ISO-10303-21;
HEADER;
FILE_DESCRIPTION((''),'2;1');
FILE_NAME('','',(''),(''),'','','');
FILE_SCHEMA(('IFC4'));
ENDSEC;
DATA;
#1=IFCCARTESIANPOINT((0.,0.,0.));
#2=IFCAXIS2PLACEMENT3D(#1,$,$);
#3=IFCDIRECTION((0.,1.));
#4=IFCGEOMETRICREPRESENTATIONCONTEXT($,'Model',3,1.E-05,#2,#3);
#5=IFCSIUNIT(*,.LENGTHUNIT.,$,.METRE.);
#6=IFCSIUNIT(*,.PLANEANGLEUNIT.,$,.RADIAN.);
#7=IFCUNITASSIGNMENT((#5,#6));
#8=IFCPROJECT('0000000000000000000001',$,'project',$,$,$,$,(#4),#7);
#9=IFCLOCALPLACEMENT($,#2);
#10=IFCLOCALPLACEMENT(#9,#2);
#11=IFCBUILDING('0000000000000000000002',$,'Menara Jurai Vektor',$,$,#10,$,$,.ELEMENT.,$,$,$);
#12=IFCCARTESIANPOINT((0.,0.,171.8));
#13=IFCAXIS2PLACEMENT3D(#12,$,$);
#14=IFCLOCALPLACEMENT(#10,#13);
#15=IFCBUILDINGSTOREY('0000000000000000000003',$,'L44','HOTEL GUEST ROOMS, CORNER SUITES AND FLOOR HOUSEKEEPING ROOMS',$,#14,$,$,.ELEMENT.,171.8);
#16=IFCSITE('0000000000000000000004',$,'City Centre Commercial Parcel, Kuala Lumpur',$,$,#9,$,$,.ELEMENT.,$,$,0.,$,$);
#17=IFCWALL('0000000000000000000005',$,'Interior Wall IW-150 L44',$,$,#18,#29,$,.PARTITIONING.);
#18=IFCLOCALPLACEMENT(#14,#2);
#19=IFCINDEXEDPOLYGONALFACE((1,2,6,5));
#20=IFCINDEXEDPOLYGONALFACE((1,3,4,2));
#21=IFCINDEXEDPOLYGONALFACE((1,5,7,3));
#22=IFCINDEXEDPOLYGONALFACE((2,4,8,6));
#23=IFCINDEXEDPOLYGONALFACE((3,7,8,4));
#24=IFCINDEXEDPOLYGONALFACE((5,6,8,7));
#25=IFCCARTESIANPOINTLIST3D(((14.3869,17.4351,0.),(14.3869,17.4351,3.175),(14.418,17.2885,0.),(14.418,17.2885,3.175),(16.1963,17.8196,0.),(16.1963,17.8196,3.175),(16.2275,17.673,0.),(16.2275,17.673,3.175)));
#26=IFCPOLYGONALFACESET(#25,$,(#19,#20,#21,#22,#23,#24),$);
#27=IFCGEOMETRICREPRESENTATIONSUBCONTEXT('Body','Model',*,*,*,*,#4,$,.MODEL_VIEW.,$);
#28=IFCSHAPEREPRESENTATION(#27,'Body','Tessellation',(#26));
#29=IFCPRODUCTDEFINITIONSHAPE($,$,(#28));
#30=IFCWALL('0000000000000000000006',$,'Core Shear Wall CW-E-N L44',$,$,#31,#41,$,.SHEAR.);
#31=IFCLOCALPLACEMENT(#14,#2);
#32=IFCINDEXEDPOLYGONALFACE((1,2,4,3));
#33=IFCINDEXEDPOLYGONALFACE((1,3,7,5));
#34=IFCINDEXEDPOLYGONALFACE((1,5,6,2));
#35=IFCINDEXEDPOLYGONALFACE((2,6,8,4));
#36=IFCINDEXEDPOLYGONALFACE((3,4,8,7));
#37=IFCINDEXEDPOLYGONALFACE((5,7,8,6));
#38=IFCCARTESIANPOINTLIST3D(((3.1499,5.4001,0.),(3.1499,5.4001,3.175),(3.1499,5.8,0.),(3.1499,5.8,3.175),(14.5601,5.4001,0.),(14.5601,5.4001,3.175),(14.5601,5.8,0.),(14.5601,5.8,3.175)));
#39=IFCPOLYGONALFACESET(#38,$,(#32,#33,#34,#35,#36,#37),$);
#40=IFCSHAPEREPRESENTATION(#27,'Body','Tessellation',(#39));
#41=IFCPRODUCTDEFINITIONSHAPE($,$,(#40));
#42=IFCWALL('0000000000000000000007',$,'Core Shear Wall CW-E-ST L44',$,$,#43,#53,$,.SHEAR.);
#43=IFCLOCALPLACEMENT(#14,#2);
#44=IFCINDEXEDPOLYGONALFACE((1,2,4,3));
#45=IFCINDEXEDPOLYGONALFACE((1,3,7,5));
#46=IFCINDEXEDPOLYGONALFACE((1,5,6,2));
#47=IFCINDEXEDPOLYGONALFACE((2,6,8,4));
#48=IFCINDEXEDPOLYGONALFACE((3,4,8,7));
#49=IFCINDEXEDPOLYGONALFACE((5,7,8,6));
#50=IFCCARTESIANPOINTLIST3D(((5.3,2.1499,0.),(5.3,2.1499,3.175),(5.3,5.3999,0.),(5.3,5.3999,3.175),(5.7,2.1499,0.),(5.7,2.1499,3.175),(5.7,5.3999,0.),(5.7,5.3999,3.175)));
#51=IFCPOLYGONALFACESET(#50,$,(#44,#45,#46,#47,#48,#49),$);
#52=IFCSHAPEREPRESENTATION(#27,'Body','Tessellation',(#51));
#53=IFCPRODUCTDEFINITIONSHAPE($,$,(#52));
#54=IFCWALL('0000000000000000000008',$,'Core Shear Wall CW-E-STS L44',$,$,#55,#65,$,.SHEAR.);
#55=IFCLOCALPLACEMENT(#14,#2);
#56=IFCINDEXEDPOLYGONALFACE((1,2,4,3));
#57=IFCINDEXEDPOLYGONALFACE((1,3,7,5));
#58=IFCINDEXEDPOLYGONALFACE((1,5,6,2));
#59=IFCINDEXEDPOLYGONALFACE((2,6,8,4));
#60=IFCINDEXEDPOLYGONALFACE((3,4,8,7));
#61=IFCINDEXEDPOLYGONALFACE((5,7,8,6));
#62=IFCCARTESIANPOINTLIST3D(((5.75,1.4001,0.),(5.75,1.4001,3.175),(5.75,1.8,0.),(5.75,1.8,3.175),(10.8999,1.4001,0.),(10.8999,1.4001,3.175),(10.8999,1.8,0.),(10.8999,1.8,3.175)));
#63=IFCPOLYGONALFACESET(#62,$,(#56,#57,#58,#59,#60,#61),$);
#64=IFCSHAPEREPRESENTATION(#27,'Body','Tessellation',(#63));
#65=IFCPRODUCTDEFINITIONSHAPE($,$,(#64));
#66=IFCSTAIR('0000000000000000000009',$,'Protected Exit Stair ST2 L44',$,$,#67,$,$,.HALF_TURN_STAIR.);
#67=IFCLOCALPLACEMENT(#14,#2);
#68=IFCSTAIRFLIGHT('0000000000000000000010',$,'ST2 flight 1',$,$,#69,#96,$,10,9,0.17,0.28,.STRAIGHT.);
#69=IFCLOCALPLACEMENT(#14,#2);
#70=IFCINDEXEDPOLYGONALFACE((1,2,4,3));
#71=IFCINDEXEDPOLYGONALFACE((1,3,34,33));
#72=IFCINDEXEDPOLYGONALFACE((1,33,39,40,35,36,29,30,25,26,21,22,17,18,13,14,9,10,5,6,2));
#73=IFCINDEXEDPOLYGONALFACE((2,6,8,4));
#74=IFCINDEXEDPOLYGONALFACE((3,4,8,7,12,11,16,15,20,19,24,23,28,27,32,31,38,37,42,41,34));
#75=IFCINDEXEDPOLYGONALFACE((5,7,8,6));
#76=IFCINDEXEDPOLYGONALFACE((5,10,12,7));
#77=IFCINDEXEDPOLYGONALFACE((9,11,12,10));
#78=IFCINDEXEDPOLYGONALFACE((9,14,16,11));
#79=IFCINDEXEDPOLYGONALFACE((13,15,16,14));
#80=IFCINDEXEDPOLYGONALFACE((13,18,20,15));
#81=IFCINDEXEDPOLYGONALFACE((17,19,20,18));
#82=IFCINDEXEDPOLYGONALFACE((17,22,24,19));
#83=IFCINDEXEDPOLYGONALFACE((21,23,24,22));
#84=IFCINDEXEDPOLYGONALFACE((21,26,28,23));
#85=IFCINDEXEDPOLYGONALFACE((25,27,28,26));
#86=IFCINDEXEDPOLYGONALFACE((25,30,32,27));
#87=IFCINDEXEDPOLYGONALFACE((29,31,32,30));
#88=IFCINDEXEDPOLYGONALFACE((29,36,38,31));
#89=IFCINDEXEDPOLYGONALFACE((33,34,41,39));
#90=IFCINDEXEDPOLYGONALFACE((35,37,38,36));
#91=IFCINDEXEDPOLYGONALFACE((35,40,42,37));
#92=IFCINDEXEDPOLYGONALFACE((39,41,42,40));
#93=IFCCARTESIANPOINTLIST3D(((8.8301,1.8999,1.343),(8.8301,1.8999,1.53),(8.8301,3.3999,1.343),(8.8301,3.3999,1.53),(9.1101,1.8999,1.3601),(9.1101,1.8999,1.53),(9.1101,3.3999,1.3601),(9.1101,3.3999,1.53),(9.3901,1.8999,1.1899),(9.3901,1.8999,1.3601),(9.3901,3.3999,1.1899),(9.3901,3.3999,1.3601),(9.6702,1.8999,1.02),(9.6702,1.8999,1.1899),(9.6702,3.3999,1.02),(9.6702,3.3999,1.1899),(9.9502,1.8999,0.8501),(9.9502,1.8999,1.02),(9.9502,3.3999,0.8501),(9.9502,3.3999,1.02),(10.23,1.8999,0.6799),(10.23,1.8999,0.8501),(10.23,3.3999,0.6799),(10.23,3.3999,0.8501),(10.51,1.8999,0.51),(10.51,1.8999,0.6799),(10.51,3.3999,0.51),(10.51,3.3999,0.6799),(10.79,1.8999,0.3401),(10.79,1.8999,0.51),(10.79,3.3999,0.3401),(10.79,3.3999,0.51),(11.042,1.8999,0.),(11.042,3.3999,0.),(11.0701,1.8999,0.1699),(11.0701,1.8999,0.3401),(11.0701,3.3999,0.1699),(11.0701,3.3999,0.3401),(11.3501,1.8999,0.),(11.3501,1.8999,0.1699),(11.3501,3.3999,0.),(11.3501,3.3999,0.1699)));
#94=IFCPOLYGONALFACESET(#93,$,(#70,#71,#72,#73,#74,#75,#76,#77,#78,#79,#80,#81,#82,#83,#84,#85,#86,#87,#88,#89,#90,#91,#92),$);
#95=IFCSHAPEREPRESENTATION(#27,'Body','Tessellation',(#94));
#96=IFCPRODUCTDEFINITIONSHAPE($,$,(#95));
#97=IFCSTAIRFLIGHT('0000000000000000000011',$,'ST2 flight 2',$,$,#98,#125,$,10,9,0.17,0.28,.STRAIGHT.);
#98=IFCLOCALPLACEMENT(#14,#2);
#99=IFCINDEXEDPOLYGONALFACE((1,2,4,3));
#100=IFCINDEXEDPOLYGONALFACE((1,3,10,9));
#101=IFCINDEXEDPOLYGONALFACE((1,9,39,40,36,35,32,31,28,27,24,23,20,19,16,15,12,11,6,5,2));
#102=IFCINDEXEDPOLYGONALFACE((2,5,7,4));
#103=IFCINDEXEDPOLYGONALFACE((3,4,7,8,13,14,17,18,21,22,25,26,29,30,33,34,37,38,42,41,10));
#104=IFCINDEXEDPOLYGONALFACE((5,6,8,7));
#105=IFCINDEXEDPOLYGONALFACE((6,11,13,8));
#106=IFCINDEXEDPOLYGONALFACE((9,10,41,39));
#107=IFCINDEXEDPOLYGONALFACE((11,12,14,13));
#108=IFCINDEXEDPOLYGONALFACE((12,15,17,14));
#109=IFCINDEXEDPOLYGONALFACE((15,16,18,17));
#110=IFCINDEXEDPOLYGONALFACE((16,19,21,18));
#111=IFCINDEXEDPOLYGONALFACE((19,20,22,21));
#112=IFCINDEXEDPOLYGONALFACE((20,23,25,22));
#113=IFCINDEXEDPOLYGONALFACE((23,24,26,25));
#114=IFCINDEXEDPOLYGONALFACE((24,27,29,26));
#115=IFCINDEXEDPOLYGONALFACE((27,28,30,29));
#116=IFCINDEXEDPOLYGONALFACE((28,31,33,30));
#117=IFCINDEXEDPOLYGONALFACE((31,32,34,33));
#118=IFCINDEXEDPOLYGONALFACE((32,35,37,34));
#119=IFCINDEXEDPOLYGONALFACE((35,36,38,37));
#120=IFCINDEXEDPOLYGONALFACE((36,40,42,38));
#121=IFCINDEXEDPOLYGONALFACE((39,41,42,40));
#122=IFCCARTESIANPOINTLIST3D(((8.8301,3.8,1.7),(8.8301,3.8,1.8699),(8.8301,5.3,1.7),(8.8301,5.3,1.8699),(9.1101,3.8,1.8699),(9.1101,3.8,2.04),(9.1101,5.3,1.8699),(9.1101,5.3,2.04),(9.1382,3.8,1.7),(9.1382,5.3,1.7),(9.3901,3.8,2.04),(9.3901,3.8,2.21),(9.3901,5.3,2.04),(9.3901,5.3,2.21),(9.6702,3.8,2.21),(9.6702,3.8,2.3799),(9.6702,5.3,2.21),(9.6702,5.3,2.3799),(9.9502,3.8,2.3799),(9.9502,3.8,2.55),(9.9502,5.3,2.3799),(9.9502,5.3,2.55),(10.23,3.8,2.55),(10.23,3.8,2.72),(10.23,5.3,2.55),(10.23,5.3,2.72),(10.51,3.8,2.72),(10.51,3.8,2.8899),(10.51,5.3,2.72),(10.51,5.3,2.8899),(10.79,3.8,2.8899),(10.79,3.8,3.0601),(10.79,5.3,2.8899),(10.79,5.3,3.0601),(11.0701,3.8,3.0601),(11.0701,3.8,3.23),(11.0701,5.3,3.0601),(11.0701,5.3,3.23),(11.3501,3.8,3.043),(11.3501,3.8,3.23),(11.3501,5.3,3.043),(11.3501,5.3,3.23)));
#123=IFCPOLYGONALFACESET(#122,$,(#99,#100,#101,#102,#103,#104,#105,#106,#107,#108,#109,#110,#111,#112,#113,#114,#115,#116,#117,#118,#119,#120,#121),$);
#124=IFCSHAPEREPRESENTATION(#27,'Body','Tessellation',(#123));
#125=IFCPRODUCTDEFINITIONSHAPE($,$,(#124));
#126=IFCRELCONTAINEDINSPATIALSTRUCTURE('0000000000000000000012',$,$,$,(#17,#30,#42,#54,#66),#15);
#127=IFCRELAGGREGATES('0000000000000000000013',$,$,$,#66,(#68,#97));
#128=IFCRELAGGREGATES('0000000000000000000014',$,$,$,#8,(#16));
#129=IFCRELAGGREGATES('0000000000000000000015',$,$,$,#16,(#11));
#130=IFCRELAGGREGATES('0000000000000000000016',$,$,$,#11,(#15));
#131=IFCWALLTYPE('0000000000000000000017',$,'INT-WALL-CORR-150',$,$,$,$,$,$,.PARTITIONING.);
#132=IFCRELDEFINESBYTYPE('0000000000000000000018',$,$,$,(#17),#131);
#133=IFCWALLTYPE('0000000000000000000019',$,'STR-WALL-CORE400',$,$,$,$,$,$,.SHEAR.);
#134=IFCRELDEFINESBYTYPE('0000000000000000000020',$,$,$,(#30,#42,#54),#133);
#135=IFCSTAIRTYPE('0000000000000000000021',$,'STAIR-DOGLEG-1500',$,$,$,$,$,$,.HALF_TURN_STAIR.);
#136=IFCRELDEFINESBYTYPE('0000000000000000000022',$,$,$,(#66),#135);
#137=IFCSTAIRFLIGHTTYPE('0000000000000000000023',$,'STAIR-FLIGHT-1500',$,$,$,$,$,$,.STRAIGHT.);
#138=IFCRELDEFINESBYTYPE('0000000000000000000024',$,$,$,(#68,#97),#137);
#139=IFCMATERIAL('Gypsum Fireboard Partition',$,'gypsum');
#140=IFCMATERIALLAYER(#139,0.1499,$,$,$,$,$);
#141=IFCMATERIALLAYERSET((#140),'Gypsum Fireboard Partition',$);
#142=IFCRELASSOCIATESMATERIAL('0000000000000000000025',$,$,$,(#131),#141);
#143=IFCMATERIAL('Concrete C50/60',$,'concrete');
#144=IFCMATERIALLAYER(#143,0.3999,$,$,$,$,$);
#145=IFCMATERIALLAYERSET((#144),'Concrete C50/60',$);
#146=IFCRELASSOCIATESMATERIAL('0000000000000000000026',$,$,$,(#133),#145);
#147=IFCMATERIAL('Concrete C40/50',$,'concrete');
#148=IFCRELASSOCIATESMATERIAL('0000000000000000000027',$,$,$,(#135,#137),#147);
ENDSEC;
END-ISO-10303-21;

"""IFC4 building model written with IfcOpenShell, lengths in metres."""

from ifc_helpers import new_model, si_unit, direction, frame, frame_2d, origin, place, context, subcontext, project, spatial, polyline, rectangle, outline, extrude, material, layer, layer_set, type_object, element, aggregate, save


model = new_model("IFC4")

# Units and contexts
model_context = context("Model", 3, precision=1e-05, world=origin(), true_north=direction((0.0, 1.0)))
body_context = subcontext(model_context, "Body", "Model", "MODEL_VIEW")
ifc_project = project(units=[si_unit("LENGTHUNIT", "METRE"), si_unit("PLANEANGLEUNIT", "RADIAN")], contexts=[model_context])

# Site, building, storey
site_placement = place(None, origin())
site = spatial("IfcSite", under=ifc_project, at=site_placement, Name="City Centre Commercial Parcel, Kuala Lumpur", CompositionType="ELEMENT", RefElevation=0.0)
building_placement = place(site_placement, origin())
building = spatial("IfcBuilding", under=site, at=building_placement, Name="Menara Jurai Vektor", CompositionType="ELEMENT")
storey_placement = place(building_placement, frame((0.0, 0.0, 171.8)))
storey = spatial("IfcBuildingStorey", under=building, at=storey_placement, Name="L44", Description="HOTEL GUEST ROOMS, CORNER SUITES AND FLOOR HOUSEKEEPING ROOMS", CompositionType="ELEMENT", Elevation=171.8)

# Shared definitions
ifc_material_1 = material(Name="Concrete C50/60", Category="concrete")

# Shared definitions
ifc_material_2 = material(Name="Concrete C40/50", Category="concrete")

# Shared definitions
ifc_material_3 = material(Name="Gypsum Fireboard Partition", Category="gypsum")
ifc_layer_1 = layer(ifc_material_3, 0.1499)
ifc_layer_set_1 = layer_set([ifc_layer_1], Name="Gypsum Fireboard Partition")
wall_type_1 = type_object("IfcWallType", Name="INT-WALL-CORR-150", PredefinedType="PARTITIONING", material=ifc_layer_set_1)

# Walls
wall_1_placement = place(storey_placement, frame((14.4026, 17.3618, 0.0), z_axis=(0.0, 0.0, 1.0), x_axis=(0.97816, 0.207852, 0.0)))
element("IfcWall", 1, at=wall_1_placement, inside=storey, type_object=wall_type_1, Name="Interior Wall IW-150 L44", PredefinedType="PARTITIONING", context=body_context, shape_type="SweptSolid", body=[
    extrude(rectangle(XDim=1.8499, YDim=0.1499, at=frame_2d((0.9248, 0.0))), origin(), (0.0, 0.0, 1.0), 3.175),
])
ifc_layer_2 = layer(ifc_material_1, 0.3999)
ifc_layer_set_2 = layer_set([ifc_layer_2], Name="Concrete C50/60")
wall_type_2 = type_object("IfcWallType", Name="STR-WALL-CORE400", PredefinedType="SHEAR", material=ifc_layer_set_2)
wall_2_placement = place(storey_placement, frame((3.1499, 5.6001, 0.0), z_axis=(0.0, 0.0, 1.0), x_axis=(1.0, 0.0, 0.0)))
element("IfcWall", 2, at=wall_2_placement, inside=storey, type_object=wall_type_2, Name="Core Shear Wall CW-E-N L44", PredefinedType="SHEAR", context=body_context, shape_type="SweptSolid", body=[
    extrude(rectangle(XDim=11.4102, YDim=0.3999, at=frame_2d((5.7051, 0.0))), origin(), (0.0, 0.0, 1.0), 3.175),
])
wall_3_placement = place(storey_placement, frame((5.5, 2.1499, 0.0), z_axis=(0.0, 0.0, 1.0), x_axis=(0.0, 1.0, 0.0)))
element("IfcWall", 3, at=wall_3_placement, inside=storey, type_object=wall_type_2, Name="Core Shear Wall CW-E-ST L44", PredefinedType="SHEAR", context=body_context, shape_type="SweptSolid", body=[
    extrude(rectangle(XDim=3.25, YDim=0.3999, at=frame_2d((1.625, 0.0))), origin(), (0.0, 0.0, 1.0), 3.175),
])
wall_4_placement = place(storey_placement, frame((5.75, 1.6001, 0.0), z_axis=(0.0, 0.0, 1.0), x_axis=(1.0, 0.0, 0.0)))
element("IfcWall", 4, at=wall_4_placement, inside=storey, type_object=wall_type_2, Name="Core Shear Wall CW-E-STS L44", PredefinedType="SHEAR", context=body_context, shape_type="SweptSolid", body=[
    extrude(rectangle(XDim=5.1499, YDim=0.3999, at=frame_2d((2.575, 0.0))), origin(), (0.0, 0.0, 1.0), 3.175),
])

# Stair, stair flights
stair_type = type_object("IfcStairType", Name="STAIR-DOGLEG-1500", PredefinedType="HALF_TURN_STAIR", material=ifc_material_2)
stair_placement = place(storey_placement, origin())
stair = element("IfcStair", 5, at=stair_placement, inside=storey, type_object=stair_type, Name="Protected Exit Stair ST2 L44", PredefinedType="HALF_TURN_STAIR")
stair_flight_type = type_object("IfcStairFlightType", Name="STAIR-FLIGHT-1500", PredefinedType="STRAIGHT", material=ifc_material_2)
stair_flight_1_placement = place(storey_placement, frame((11.3501, 2.6499, 0.0), z_axis=(0.0, 0.0, 1.0), x_axis=(-1.0, 0.0, 0.0)))
stair_flight_1 = element("IfcStairFlight", 6, at=stair_flight_1_placement, type_object=stair_flight_type, Name="ST2 flight 1", NumberOfRisers=10, NumberOfTreads=9, PredefinedType="STRAIGHT", RiserHeight=0.17, TreadLength=0.28, context=body_context, shape_type="SweptSolid", body=[
    extrude(outline(polyline([(0.0, 0.0), (0.0, 0.1699), (0.28, 0.1699), (0.28, 0.3401), (0.5601, 0.3401), (0.5601, 0.51), (0.8401, 0.51), (0.8401, 0.6799), (1.1201, 0.6799), (1.1201, 0.8501), (1.3999, 0.8501), (1.3999, 1.02), (1.6799, 1.02), (1.6799, 1.1899), (1.96, 1.1899), (1.96, 1.3601), (2.24, 1.3601), (2.24, 1.53), (2.52, 1.53), (2.52, 1.7), (2.52, 1.343), (0.3081, 0.0), (0.0, 0.0)])), frame((0.0, 0.75, 0.0), z_axis=(0.0, -1.0, 0.0), x_axis=(1.0, 0.0, 0.0)), (0.0, 0.0, 1.0), 1.5),
])
stair_flight_2_placement = place(storey_placement, frame((8.8301, 4.55, 1.7), z_axis=(0.0, 0.0, 1.0), x_axis=(1.0, 0.0, 0.0)))
stair_flight_2 = element("IfcStairFlight", 7, at=stair_flight_2_placement, type_object=stair_flight_type, Name="ST2 flight 2", NumberOfRisers=10, NumberOfTreads=9, PredefinedType="STRAIGHT", RiserHeight=0.17, TreadLength=0.28, context=body_context, shape_type="SweptSolid", body=[
    extrude(outline(polyline([(0.0, 0.0), (0.0, 0.1699), (0.28, 0.1699), (0.28, 0.3401), (0.5601, 0.3401), (0.5601, 0.51), (0.8401, 0.51), (0.8401, 0.6799), (1.1201, 0.6799), (1.1201, 0.8501), (1.3999, 0.8501), (1.3999, 1.02), (1.6799, 1.02), (1.6799, 1.1899), (1.96, 1.1899), (1.96, 1.3601), (2.24, 1.3601), (2.24, 1.53), (2.52, 1.53), (2.52, 1.7), (2.52, 1.343), (0.3081, 0.0), (0.0, 0.0)])), frame((0.0, 0.75, 0.0), z_axis=(0.0, -1.0, 0.0), x_axis=(1.0, 0.0, 0.0)), (0.0, 0.0, 1.0), 1.5),
])
aggregate(stair, [stair_flight_1, stair_flight_2])

save(model, "model.ifc")
